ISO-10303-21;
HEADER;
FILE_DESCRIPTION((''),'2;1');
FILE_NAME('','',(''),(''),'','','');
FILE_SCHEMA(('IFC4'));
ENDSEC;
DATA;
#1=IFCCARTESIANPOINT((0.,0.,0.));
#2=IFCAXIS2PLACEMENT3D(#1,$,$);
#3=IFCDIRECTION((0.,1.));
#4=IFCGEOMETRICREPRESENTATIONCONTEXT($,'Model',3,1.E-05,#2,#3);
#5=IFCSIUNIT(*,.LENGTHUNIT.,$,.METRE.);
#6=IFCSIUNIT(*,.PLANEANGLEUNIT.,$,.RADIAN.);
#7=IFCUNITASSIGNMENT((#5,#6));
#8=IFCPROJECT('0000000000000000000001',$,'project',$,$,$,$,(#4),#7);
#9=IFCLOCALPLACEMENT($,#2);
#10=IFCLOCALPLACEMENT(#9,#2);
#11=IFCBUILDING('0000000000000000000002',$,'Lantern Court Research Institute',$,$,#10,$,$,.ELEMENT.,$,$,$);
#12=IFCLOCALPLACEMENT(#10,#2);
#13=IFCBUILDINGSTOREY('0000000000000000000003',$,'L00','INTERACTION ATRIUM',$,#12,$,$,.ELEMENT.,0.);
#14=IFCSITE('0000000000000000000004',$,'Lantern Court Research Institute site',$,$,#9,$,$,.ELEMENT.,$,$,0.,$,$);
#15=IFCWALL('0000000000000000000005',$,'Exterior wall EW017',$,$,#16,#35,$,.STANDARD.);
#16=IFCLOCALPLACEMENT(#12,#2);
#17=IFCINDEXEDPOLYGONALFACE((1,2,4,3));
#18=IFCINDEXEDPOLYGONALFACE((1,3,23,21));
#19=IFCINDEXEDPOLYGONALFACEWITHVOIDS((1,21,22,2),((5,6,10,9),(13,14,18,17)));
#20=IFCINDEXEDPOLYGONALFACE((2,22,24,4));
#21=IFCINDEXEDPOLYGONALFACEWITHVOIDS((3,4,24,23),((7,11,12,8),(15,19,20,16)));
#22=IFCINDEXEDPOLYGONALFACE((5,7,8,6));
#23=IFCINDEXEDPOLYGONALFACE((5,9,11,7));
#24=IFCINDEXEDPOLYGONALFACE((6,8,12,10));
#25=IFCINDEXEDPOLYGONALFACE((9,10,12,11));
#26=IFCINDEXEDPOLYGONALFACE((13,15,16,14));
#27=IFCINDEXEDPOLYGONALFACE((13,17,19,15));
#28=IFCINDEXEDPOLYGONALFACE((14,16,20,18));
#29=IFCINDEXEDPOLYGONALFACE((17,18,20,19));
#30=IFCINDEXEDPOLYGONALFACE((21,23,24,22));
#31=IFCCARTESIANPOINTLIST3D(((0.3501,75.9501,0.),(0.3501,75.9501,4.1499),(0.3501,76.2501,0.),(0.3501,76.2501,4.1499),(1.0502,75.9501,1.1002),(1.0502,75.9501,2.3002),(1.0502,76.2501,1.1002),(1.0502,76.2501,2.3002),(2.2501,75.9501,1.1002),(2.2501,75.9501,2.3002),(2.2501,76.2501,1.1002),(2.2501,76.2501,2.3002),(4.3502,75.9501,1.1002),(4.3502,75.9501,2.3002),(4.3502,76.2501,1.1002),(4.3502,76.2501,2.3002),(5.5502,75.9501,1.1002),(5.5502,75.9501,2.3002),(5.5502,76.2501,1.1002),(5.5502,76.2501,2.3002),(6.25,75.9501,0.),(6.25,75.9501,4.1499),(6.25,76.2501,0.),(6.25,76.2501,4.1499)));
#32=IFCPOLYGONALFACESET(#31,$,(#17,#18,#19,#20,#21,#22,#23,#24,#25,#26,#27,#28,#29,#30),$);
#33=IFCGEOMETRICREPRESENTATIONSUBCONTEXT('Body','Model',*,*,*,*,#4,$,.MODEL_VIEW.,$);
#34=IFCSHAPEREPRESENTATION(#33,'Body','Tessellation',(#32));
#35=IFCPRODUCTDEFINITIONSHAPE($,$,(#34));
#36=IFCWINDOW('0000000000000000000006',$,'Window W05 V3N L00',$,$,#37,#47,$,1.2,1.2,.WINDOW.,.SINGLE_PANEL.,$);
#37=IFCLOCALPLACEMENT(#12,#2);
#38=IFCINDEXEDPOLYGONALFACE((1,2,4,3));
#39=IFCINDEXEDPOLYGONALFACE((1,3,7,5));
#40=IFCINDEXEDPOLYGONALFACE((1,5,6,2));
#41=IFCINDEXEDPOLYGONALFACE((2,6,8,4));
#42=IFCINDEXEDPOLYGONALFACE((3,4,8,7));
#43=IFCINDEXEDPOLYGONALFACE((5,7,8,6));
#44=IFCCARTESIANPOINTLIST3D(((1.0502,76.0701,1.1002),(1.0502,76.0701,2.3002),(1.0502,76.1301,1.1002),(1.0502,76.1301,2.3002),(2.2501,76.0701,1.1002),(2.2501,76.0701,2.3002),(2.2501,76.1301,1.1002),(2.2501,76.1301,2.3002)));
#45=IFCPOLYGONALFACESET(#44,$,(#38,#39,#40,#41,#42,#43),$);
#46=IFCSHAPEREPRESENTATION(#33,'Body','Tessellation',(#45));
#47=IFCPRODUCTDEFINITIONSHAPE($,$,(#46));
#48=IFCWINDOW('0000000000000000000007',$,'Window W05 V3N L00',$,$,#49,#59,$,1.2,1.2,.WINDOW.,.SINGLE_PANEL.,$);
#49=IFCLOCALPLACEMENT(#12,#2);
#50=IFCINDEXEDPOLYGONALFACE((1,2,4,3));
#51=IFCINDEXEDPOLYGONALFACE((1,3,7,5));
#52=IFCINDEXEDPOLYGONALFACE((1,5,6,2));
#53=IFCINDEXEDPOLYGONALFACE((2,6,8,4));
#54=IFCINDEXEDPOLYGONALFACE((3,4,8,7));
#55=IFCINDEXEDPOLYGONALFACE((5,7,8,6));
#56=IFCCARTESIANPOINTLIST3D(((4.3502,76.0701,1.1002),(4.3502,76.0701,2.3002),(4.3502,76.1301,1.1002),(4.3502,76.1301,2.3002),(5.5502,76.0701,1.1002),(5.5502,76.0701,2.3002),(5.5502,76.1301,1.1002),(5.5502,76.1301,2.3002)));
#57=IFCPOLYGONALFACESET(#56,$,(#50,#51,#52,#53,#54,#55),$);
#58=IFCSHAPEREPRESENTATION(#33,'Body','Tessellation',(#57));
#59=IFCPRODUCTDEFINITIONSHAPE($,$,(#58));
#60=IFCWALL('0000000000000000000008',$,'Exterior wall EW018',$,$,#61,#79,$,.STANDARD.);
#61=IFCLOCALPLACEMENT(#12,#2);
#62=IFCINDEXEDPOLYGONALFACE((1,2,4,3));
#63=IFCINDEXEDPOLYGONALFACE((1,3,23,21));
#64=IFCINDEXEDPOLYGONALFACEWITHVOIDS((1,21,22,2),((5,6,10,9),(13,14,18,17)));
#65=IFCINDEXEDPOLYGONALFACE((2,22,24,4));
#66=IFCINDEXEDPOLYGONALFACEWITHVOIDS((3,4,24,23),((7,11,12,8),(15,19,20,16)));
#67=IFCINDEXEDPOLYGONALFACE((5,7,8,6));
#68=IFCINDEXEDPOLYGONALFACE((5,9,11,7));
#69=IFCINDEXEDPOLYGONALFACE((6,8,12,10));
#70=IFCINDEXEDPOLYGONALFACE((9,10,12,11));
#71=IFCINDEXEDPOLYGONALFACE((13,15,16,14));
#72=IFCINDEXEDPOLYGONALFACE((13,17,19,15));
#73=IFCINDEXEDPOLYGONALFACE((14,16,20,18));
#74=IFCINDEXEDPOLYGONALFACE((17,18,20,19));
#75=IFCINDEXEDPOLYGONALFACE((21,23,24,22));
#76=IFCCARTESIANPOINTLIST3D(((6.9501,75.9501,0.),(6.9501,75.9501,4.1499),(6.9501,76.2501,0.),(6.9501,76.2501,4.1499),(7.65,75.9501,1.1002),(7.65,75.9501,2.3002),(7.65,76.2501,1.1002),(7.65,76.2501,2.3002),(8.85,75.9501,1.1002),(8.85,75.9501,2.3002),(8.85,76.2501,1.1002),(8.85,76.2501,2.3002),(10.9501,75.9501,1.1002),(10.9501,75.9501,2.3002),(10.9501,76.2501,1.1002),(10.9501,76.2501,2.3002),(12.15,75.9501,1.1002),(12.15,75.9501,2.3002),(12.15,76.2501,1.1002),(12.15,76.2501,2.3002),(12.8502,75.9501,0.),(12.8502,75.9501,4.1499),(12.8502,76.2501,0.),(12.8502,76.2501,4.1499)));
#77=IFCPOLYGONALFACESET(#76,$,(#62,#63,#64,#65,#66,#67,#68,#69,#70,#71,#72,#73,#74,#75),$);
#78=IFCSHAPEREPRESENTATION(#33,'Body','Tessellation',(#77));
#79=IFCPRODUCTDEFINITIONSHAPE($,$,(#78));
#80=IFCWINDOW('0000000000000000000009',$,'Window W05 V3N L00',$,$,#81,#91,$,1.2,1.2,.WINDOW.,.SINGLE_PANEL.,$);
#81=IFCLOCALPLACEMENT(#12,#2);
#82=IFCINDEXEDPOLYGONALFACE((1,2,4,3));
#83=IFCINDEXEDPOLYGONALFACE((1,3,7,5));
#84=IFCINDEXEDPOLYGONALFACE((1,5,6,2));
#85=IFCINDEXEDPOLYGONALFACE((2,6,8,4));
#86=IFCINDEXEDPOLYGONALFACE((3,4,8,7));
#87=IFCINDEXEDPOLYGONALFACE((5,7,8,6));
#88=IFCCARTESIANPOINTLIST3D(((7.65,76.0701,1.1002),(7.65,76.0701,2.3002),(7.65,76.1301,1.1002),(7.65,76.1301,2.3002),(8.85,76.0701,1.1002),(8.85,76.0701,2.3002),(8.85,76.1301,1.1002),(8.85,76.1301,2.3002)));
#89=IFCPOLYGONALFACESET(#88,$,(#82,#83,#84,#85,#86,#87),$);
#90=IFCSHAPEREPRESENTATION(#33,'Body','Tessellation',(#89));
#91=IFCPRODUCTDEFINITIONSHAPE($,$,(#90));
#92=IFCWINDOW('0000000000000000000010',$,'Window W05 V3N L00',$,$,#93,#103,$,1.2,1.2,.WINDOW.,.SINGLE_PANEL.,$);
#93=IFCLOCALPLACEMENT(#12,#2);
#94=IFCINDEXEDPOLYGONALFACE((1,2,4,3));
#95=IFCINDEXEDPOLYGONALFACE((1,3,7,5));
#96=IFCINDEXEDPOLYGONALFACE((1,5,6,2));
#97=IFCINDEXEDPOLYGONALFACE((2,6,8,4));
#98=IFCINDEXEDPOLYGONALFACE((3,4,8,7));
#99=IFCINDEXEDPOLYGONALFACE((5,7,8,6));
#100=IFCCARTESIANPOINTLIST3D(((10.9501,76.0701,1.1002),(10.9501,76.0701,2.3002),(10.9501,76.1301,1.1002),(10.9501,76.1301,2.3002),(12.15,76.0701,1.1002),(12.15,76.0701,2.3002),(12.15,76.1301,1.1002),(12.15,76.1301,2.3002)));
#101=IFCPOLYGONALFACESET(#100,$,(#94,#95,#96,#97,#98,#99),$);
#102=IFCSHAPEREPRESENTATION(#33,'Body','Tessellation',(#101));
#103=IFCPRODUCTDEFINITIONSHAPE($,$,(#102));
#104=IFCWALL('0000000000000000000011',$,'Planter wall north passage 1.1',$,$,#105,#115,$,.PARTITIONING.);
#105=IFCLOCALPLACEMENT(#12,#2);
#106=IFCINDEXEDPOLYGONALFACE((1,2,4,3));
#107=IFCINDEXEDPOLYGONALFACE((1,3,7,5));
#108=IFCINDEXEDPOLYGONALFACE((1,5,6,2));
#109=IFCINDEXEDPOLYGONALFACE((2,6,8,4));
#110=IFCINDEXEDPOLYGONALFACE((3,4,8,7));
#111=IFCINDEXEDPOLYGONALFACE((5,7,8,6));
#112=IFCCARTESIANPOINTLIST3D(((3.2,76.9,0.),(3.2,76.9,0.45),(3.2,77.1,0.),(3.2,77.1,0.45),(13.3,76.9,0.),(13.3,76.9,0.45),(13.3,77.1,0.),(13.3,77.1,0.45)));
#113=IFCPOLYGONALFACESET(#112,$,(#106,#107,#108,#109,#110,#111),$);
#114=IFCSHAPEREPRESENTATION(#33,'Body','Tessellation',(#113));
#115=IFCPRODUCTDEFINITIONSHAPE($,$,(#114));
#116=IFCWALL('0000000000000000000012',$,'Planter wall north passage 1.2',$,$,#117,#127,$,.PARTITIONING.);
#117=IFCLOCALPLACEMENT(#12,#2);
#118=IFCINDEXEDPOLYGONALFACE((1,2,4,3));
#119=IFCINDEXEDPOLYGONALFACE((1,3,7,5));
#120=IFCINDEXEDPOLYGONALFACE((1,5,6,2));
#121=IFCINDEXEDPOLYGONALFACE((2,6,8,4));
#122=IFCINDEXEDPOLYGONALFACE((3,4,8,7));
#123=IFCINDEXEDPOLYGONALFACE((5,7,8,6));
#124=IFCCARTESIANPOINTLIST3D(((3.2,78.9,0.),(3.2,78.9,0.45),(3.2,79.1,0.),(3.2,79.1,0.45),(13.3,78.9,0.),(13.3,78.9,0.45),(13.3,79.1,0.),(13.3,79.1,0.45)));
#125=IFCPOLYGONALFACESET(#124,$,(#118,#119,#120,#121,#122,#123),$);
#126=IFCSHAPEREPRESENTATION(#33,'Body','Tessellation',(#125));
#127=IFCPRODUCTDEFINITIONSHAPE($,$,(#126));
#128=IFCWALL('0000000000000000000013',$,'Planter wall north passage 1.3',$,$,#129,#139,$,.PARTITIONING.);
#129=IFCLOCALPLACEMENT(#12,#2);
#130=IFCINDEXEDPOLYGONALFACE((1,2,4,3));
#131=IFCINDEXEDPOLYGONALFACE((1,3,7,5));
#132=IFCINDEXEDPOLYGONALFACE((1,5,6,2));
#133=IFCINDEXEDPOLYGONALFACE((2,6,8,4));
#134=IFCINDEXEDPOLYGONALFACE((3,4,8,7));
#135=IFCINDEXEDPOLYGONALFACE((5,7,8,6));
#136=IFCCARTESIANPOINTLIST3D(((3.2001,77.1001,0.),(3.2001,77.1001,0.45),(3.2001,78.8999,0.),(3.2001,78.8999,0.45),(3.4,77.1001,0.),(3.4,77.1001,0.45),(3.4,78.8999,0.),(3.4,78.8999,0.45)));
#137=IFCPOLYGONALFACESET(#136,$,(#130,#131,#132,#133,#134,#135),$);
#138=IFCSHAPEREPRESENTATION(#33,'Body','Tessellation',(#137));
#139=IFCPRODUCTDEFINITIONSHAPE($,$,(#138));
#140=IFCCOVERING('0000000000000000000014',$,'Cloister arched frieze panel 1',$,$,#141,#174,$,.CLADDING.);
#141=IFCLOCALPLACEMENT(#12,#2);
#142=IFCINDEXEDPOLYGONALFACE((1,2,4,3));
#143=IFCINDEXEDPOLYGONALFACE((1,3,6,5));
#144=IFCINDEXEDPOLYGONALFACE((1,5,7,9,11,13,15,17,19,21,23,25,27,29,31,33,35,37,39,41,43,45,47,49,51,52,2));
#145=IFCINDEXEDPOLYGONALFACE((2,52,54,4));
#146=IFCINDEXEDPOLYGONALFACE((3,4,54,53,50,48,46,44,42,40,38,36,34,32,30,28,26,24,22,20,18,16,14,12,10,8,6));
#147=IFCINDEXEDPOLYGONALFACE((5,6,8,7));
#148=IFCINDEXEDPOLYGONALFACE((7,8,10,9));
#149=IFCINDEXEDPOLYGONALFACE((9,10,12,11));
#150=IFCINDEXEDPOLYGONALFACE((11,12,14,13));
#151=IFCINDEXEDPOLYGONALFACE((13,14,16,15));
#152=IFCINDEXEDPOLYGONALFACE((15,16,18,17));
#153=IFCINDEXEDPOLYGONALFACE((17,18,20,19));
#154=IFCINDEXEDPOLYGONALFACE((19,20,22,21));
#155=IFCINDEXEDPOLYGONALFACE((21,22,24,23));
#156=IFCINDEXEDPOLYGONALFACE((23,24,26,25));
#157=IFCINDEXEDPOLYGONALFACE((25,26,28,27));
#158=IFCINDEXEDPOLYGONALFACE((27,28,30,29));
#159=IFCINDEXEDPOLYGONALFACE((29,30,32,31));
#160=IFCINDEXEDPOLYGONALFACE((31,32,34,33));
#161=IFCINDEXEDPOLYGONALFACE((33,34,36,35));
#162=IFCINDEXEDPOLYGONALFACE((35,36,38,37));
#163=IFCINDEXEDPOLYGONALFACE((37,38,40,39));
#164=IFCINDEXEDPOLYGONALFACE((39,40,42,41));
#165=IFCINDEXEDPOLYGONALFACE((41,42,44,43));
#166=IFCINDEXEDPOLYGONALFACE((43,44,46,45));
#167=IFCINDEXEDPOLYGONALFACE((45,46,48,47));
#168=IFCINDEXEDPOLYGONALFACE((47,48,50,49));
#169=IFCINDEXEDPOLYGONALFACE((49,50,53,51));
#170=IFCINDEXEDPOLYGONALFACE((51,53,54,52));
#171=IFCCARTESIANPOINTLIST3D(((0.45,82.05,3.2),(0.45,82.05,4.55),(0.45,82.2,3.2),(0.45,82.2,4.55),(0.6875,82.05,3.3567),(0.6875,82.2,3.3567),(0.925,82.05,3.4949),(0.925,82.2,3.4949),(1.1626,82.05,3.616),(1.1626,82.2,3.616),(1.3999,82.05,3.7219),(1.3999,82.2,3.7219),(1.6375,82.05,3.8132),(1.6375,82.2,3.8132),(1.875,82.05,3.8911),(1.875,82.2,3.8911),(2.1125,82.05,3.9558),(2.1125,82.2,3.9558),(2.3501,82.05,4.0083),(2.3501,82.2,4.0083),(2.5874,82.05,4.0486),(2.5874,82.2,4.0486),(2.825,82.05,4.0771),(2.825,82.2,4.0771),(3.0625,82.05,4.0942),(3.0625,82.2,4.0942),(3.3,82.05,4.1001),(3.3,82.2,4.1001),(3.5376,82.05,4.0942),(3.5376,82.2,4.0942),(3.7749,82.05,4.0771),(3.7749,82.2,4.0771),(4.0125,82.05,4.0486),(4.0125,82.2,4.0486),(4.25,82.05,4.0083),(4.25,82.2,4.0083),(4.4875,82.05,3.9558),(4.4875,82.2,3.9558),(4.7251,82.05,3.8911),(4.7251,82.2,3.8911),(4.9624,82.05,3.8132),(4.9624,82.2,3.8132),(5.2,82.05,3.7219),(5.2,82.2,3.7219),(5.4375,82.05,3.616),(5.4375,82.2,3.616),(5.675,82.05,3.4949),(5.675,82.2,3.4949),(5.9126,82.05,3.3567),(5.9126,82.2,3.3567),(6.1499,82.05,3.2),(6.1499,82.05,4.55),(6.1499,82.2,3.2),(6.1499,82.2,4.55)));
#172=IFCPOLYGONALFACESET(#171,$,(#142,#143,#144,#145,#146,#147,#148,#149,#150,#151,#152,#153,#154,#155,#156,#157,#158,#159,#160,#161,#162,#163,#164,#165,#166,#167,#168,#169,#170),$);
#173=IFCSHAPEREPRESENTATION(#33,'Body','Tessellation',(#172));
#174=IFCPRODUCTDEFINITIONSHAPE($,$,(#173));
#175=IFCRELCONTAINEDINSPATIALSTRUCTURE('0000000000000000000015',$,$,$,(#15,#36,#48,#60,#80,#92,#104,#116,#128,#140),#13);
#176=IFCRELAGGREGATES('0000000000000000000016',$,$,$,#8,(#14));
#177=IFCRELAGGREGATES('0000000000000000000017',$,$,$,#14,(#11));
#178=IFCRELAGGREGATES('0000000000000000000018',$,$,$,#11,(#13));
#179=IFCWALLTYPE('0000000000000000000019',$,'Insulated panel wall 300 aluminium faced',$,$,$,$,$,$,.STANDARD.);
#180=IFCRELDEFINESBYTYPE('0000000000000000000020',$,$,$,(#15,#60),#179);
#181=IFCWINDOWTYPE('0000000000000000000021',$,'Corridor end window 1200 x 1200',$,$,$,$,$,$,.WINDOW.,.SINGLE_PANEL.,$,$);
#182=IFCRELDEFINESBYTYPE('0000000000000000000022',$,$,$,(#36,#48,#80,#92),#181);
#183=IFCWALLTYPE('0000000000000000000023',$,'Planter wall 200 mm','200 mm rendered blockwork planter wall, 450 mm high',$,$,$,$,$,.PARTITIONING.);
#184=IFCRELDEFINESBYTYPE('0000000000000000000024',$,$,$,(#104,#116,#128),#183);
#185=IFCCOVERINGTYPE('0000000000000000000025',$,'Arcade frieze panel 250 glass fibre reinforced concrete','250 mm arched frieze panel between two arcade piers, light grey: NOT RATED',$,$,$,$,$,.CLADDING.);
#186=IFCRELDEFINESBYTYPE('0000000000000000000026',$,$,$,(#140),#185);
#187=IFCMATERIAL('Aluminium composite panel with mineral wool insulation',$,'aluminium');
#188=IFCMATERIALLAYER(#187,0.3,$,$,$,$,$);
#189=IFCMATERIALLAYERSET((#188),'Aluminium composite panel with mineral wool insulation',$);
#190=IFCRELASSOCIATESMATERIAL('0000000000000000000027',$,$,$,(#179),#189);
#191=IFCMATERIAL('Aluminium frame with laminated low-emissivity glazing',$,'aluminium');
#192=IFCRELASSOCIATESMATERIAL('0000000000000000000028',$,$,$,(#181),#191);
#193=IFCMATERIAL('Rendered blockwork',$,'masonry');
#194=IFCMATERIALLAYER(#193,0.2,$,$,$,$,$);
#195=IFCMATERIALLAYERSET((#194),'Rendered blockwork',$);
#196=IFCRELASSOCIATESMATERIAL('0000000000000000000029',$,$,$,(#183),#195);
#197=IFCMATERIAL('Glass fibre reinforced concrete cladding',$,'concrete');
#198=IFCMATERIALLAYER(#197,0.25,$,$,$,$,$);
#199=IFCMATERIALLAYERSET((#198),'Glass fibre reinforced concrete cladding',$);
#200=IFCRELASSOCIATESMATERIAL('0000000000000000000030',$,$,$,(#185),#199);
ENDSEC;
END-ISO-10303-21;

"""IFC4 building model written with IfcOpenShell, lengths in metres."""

from ifc_helpers import new_model, si_unit, direction, frame, frame_2d, origin, place, context, subcontext, project, spatial, polyline, rectangle, outline, extrude, material, layer, layer_set, type_object, element, fill, save


model = new_model("IFC4")

# Units and contexts
model_context = context("Model", 3, precision=1e-05, world=origin(), true_north=direction((0.0, 1.0)))
body_context = subcontext(model_context, "Body", "Model", "MODEL_VIEW")
ifc_project = project(units=[si_unit("LENGTHUNIT", "METRE"), si_unit("PLANEANGLEUNIT", "RADIAN")], contexts=[model_context])

# Site, building, storey
site_placement = place(None, origin())
site = spatial("IfcSite", under=ifc_project, at=site_placement, Name="Lantern Court Research Institute site", CompositionType="ELEMENT", RefElevation=0.0)
building_placement = place(site_placement, origin())
building = spatial("IfcBuilding", under=site, at=building_placement, Name="Lantern Court Research Institute", CompositionType="ELEMENT")
storey_placement = place(building_placement, origin())
storey = spatial("IfcBuildingStorey", under=building, at=storey_placement, Name="L00", Description="INTERACTION ATRIUM", CompositionType="ELEMENT", Elevation=0.0)

# Walls, openings, windows
ifc_material_1 = material(Name="Aluminium composite panel with mineral wool insulation", Category="aluminium")
ifc_layer_1 = layer(ifc_material_1, 0.3)
ifc_layer_set_1 = layer_set([ifc_layer_1], Name="Aluminium composite panel with mineral wool insulation")
wall_type_1 = type_object("IfcWallType", Name="Insulated panel wall 300 aluminium faced", PredefinedType="STANDARD", material=ifc_layer_set_1)
wall_1_placement = place(storey_placement, frame((0.3501, 76.1001, 0.0), z_axis=(0.0, 0.0, 1.0), x_axis=(1.0, 0.0, 0.0)))
wall_1 = element("IfcWall", 1, at=wall_1_placement, inside=storey, type_object=wall_type_1, Name="Exterior wall EW017", PredefinedType="STANDARD", context=body_context, shape_type="SweptSolid", body=[
    extrude(rectangle(XDim=5.8999, YDim=0.3, at=frame_2d((2.95, 0.0))), origin(), (0.0, 0.0, 1.0), 4.1499),
])
opening_1_placement = place(wall_1_placement, frame((0.7, 0.0, 1.1001)))
opening_1 = element("IfcOpeningElement", 2, at=opening_1_placement, cuts=wall_1, PredefinedType="OPENING", context=body_context, shape_type="SweptSolid", body=[
    extrude(rectangle(XDim=1.2, YDim=1.2, at=frame_2d((0.6001, 0.6001))), frame((0.0, 0.1599, 0.0), z_axis=(0.0, -1.0, 0.0), x_axis=(1.0, 0.0, 0.0)), (0.0, 0.0, 1.0), 0.3201),
])
opening_2_placement = place(wall_1_placement, frame((4.0, 0.0, 1.1001)))
opening_2 = element("IfcOpeningElement", 3, at=opening_2_placement, cuts=wall_1, PredefinedType="OPENING", context=body_context, shape_type="SweptSolid", body=[
    extrude(rectangle(XDim=1.2, YDim=1.2, at=frame_2d((0.6001, 0.6001))), frame((0.0, 0.1599, 0.0), z_axis=(0.0, -1.0, 0.0), x_axis=(1.0, 0.0, 0.0)), (0.0, 0.0, 1.0), 0.3201),
])
ifc_material_2 = material(Name="Aluminium frame with laminated low-emissivity glazing", Category="aluminium")
window_type = type_object("IfcWindowType", Name="Corridor end window 1200 x 1200", PartitioningType="SINGLE_PANEL", PredefinedType="WINDOW", material=ifc_material_2)
window_1_placement = place(opening_1_placement, origin())
window_1 = element("IfcWindow", 4, at=window_1_placement, inside=storey, type_object=window_type, Name="Window W05 V3N L00", OverallHeight=1.2, OverallWidth=1.2, PartitioningType="SINGLE_PANEL", PredefinedType="WINDOW", context=body_context, shape_type="SweptSolid", body=[
    extrude(rectangle(XDim=1.2, YDim=1.2, at=frame_2d((0.6001, 0.6001))), frame((0.0, 0.03, 0.0), z_axis=(0.0, -1.0, 0.0), x_axis=(1.0, 0.0, 0.0)), (0.0, 0.0, 1.0), 0.0601),
])
fill(opening_1, window_1)
window_2_placement = place(opening_2_placement, origin())
window_2 = element("IfcWindow", 5, at=window_2_placement, inside=storey, type_object=window_type, Name="Window W05 V3N L00", OverallHeight=1.2, OverallWidth=1.2, PartitioningType="SINGLE_PANEL", PredefinedType="WINDOW", context=body_context, shape_type="SweptSolid", body=[
    extrude(rectangle(XDim=1.2, YDim=1.2, at=frame_2d((0.6001, 0.6001))), frame((0.0, 0.03, 0.0), z_axis=(0.0, -1.0, 0.0), x_axis=(1.0, 0.0, 0.0)), (0.0, 0.0, 1.0), 0.0601),
])
fill(opening_2, window_2)
wall_2_placement = place(storey_placement, frame((6.95, 76.1001, 0.0), z_axis=(0.0, 0.0, 1.0), x_axis=(1.0, 0.0, 0.0)))
wall_2 = element("IfcWall", 6, at=wall_2_placement, inside=storey, type_object=wall_type_1, Name="Exterior wall EW018", PredefinedType="STANDARD", context=body_context, shape_type="SweptSolid", body=[
    extrude(rectangle(XDim=5.9001, YDim=0.3, at=frame_2d((2.9502, 0.0))), origin(), (0.0, 0.0, 1.0), 4.1499),
])
opening_3_placement = place(wall_2_placement, frame((0.7, 0.0, 1.1001)))
opening_3 = element("IfcOpeningElement", 7, at=opening_3_placement, cuts=wall_2, PredefinedType="OPENING", context=body_context, shape_type="SweptSolid", body=[
    extrude(rectangle(XDim=1.2, YDim=1.2, at=frame_2d((0.6001, 0.6001))), frame((0.0, 0.1599, 0.0), z_axis=(0.0, -1.0, 0.0), x_axis=(1.0, 0.0, 0.0)), (0.0, 0.0, 1.0), 0.3201),
])
opening_4_placement = place(wall_2_placement, frame((4.0, 0.0, 1.1001)))
opening_4 = element("IfcOpeningElement", 8, at=opening_4_placement, cuts=wall_2, PredefinedType="OPENING", context=body_context, shape_type="SweptSolid", body=[
    extrude(rectangle(XDim=1.2, YDim=1.2, at=frame_2d((0.6001, 0.6001))), frame((0.0, 0.1599, 0.0), z_axis=(0.0, -1.0, 0.0), x_axis=(1.0, 0.0, 0.0)), (0.0, 0.0, 1.0), 0.3201),
])
window_3_placement = place(opening_3_placement, origin())
window_3 = element("IfcWindow", 9, at=window_3_placement, inside=storey, type_object=window_type, Name="Window W05 V3N L00", OverallHeight=1.2, OverallWidth=1.2, PartitioningType="SINGLE_PANEL", PredefinedType="WINDOW", context=body_context, shape_type="SweptSolid", body=[
    extrude(rectangle(XDim=1.2, YDim=1.2, at=frame_2d((0.6001, 0.6001))), frame((0.0, 0.03, 0.0), z_axis=(0.0, -1.0, 0.0), x_axis=(1.0, 0.0, 0.0)), (0.0, 0.0, 1.0), 0.0601),
])
fill(opening_3, window_3)
window_4_placement = place(opening_4_placement, origin())
window_4 = element("IfcWindow", 10, at=window_4_placement, inside=storey, type_object=window_type, Name="Window W05 V3N L00", OverallHeight=1.2, OverallWidth=1.2, PartitioningType="SINGLE_PANEL", PredefinedType="WINDOW", context=body_context, shape_type="SweptSolid", body=[
    extrude(rectangle(XDim=1.2, YDim=1.2, at=frame_2d((0.6001, 0.6001))), frame((0.0, 0.03, 0.0), z_axis=(0.0, -1.0, 0.0), x_axis=(1.0, 0.0, 0.0)), (0.0, 0.0, 1.0), 0.0601),
])
fill(opening_4, window_4)

# Walls
ifc_material_3 = material(Name="Rendered blockwork", Category="masonry")
ifc_layer_2 = layer(ifc_material_3, 0.2)
ifc_layer_set_2 = layer_set([ifc_layer_2], Name="Rendered blockwork")
wall_type_2 = type_object("IfcWallType", Name="Planter wall 200 mm", Description="200 mm rendered blockwork planter wall, 450 mm high", PredefinedType="PARTITIONING", material=ifc_layer_set_2)
for number, where, z_axis, x_axis, name in (
    (11, (3.2, 77.0, 0.0), (0.0, 0.0, 1.0), (1.0, 0.0, 0.0), "Planter wall north passage 1.1"),
    (12, (3.2, 79.0, 0.0), (0.0, 0.0, 1.0), (1.0, 0.0, 0.0), "Planter wall north passage 1.2"),
):
    element("IfcWall", number, at=place(storey_placement, frame(where, z_axis=z_axis, x_axis=x_axis)), inside=storey, type_object=wall_type_2, Name=name, PredefinedType="PARTITIONING", context=body_context, shape_type="SweptSolid", body=[
        extrude(rectangle(XDim=10.1001, YDim=0.2, at=frame_2d((5.05, 0.0))), origin(), (0.0, 0.0, 1.0), 0.45),
    ])
wall_3_placement = place(storey_placement, frame((3.3, 77.1001, 0.0), z_axis=(0.0, 0.0, 1.0), x_axis=(0.0, 1.0, 0.0)))
element("IfcWall", 13, at=wall_3_placement, inside=storey, type_object=wall_type_2, Name="Planter wall north passage 1.3", PredefinedType="PARTITIONING", context=body_context, shape_type="SweptSolid", body=[
    extrude(rectangle(XDim=1.7998, YDim=0.2, at=frame_2d((0.8999, 0.0))), origin(), (0.0, 0.0, 1.0), 0.45),
])

# Covering
ifc_material_4 = material(Name="Glass fibre reinforced concrete cladding", Category="concrete")
ifc_layer_3 = layer(ifc_material_4, 0.25)
ifc_layer_set_3 = layer_set([ifc_layer_3], Name="Glass fibre reinforced concrete cladding")
covering_type_1 = type_object("IfcCoveringType", Name="Arcade frieze panel 250 glass fibre reinforced concrete", Description="250 mm arched frieze panel between two arcade piers, light grey: NOT RATED", PredefinedType="CLADDING", material=ifc_layer_set_3)
covering_1_placement = place(storey_placement, frame((0.0, 82.2, 0.0), z_axis=(0.0, -1.0, 0.0), x_axis=(1.0, 0.0, 0.0)))
element("IfcCovering", 14, at=covering_1_placement, inside=storey, type_object=covering_type_1, Name="Cloister arched frieze panel 1", PredefinedType="CLADDING", context=body_context, shape_type="SweptSolid", body=[
    extrude(outline(polyline([(0.45, 4.55), (0.45, 3.2), (0.6875, 3.3567), (0.925, 3.4949), (1.1626, 3.616), (1.3999, 3.7219), (1.6375, 3.8132), (1.875, 3.8911), (2.1125, 3.9558), (2.3501, 4.0083), (2.5874, 4.0486), (2.825, 4.0771), (3.0625, 4.0942), (3.3, 4.1001), (3.5376, 4.0942), (3.7749, 4.0771), (4.0125, 4.0486), (4.25, 4.0083), (4.4875, 3.9558), (4.7251, 3.8911), (4.9624, 3.8132), (5.2, 3.7219), (5.4375, 3.616), (5.675, 3.4949), (5.9126, 3.3567), (6.1499, 3.2), (6.1499, 4.55), (0.45, 4.55)])), origin(), (0.0, 0.0, 1.0), 0.1499),
])

save(model, "model.ifc")
